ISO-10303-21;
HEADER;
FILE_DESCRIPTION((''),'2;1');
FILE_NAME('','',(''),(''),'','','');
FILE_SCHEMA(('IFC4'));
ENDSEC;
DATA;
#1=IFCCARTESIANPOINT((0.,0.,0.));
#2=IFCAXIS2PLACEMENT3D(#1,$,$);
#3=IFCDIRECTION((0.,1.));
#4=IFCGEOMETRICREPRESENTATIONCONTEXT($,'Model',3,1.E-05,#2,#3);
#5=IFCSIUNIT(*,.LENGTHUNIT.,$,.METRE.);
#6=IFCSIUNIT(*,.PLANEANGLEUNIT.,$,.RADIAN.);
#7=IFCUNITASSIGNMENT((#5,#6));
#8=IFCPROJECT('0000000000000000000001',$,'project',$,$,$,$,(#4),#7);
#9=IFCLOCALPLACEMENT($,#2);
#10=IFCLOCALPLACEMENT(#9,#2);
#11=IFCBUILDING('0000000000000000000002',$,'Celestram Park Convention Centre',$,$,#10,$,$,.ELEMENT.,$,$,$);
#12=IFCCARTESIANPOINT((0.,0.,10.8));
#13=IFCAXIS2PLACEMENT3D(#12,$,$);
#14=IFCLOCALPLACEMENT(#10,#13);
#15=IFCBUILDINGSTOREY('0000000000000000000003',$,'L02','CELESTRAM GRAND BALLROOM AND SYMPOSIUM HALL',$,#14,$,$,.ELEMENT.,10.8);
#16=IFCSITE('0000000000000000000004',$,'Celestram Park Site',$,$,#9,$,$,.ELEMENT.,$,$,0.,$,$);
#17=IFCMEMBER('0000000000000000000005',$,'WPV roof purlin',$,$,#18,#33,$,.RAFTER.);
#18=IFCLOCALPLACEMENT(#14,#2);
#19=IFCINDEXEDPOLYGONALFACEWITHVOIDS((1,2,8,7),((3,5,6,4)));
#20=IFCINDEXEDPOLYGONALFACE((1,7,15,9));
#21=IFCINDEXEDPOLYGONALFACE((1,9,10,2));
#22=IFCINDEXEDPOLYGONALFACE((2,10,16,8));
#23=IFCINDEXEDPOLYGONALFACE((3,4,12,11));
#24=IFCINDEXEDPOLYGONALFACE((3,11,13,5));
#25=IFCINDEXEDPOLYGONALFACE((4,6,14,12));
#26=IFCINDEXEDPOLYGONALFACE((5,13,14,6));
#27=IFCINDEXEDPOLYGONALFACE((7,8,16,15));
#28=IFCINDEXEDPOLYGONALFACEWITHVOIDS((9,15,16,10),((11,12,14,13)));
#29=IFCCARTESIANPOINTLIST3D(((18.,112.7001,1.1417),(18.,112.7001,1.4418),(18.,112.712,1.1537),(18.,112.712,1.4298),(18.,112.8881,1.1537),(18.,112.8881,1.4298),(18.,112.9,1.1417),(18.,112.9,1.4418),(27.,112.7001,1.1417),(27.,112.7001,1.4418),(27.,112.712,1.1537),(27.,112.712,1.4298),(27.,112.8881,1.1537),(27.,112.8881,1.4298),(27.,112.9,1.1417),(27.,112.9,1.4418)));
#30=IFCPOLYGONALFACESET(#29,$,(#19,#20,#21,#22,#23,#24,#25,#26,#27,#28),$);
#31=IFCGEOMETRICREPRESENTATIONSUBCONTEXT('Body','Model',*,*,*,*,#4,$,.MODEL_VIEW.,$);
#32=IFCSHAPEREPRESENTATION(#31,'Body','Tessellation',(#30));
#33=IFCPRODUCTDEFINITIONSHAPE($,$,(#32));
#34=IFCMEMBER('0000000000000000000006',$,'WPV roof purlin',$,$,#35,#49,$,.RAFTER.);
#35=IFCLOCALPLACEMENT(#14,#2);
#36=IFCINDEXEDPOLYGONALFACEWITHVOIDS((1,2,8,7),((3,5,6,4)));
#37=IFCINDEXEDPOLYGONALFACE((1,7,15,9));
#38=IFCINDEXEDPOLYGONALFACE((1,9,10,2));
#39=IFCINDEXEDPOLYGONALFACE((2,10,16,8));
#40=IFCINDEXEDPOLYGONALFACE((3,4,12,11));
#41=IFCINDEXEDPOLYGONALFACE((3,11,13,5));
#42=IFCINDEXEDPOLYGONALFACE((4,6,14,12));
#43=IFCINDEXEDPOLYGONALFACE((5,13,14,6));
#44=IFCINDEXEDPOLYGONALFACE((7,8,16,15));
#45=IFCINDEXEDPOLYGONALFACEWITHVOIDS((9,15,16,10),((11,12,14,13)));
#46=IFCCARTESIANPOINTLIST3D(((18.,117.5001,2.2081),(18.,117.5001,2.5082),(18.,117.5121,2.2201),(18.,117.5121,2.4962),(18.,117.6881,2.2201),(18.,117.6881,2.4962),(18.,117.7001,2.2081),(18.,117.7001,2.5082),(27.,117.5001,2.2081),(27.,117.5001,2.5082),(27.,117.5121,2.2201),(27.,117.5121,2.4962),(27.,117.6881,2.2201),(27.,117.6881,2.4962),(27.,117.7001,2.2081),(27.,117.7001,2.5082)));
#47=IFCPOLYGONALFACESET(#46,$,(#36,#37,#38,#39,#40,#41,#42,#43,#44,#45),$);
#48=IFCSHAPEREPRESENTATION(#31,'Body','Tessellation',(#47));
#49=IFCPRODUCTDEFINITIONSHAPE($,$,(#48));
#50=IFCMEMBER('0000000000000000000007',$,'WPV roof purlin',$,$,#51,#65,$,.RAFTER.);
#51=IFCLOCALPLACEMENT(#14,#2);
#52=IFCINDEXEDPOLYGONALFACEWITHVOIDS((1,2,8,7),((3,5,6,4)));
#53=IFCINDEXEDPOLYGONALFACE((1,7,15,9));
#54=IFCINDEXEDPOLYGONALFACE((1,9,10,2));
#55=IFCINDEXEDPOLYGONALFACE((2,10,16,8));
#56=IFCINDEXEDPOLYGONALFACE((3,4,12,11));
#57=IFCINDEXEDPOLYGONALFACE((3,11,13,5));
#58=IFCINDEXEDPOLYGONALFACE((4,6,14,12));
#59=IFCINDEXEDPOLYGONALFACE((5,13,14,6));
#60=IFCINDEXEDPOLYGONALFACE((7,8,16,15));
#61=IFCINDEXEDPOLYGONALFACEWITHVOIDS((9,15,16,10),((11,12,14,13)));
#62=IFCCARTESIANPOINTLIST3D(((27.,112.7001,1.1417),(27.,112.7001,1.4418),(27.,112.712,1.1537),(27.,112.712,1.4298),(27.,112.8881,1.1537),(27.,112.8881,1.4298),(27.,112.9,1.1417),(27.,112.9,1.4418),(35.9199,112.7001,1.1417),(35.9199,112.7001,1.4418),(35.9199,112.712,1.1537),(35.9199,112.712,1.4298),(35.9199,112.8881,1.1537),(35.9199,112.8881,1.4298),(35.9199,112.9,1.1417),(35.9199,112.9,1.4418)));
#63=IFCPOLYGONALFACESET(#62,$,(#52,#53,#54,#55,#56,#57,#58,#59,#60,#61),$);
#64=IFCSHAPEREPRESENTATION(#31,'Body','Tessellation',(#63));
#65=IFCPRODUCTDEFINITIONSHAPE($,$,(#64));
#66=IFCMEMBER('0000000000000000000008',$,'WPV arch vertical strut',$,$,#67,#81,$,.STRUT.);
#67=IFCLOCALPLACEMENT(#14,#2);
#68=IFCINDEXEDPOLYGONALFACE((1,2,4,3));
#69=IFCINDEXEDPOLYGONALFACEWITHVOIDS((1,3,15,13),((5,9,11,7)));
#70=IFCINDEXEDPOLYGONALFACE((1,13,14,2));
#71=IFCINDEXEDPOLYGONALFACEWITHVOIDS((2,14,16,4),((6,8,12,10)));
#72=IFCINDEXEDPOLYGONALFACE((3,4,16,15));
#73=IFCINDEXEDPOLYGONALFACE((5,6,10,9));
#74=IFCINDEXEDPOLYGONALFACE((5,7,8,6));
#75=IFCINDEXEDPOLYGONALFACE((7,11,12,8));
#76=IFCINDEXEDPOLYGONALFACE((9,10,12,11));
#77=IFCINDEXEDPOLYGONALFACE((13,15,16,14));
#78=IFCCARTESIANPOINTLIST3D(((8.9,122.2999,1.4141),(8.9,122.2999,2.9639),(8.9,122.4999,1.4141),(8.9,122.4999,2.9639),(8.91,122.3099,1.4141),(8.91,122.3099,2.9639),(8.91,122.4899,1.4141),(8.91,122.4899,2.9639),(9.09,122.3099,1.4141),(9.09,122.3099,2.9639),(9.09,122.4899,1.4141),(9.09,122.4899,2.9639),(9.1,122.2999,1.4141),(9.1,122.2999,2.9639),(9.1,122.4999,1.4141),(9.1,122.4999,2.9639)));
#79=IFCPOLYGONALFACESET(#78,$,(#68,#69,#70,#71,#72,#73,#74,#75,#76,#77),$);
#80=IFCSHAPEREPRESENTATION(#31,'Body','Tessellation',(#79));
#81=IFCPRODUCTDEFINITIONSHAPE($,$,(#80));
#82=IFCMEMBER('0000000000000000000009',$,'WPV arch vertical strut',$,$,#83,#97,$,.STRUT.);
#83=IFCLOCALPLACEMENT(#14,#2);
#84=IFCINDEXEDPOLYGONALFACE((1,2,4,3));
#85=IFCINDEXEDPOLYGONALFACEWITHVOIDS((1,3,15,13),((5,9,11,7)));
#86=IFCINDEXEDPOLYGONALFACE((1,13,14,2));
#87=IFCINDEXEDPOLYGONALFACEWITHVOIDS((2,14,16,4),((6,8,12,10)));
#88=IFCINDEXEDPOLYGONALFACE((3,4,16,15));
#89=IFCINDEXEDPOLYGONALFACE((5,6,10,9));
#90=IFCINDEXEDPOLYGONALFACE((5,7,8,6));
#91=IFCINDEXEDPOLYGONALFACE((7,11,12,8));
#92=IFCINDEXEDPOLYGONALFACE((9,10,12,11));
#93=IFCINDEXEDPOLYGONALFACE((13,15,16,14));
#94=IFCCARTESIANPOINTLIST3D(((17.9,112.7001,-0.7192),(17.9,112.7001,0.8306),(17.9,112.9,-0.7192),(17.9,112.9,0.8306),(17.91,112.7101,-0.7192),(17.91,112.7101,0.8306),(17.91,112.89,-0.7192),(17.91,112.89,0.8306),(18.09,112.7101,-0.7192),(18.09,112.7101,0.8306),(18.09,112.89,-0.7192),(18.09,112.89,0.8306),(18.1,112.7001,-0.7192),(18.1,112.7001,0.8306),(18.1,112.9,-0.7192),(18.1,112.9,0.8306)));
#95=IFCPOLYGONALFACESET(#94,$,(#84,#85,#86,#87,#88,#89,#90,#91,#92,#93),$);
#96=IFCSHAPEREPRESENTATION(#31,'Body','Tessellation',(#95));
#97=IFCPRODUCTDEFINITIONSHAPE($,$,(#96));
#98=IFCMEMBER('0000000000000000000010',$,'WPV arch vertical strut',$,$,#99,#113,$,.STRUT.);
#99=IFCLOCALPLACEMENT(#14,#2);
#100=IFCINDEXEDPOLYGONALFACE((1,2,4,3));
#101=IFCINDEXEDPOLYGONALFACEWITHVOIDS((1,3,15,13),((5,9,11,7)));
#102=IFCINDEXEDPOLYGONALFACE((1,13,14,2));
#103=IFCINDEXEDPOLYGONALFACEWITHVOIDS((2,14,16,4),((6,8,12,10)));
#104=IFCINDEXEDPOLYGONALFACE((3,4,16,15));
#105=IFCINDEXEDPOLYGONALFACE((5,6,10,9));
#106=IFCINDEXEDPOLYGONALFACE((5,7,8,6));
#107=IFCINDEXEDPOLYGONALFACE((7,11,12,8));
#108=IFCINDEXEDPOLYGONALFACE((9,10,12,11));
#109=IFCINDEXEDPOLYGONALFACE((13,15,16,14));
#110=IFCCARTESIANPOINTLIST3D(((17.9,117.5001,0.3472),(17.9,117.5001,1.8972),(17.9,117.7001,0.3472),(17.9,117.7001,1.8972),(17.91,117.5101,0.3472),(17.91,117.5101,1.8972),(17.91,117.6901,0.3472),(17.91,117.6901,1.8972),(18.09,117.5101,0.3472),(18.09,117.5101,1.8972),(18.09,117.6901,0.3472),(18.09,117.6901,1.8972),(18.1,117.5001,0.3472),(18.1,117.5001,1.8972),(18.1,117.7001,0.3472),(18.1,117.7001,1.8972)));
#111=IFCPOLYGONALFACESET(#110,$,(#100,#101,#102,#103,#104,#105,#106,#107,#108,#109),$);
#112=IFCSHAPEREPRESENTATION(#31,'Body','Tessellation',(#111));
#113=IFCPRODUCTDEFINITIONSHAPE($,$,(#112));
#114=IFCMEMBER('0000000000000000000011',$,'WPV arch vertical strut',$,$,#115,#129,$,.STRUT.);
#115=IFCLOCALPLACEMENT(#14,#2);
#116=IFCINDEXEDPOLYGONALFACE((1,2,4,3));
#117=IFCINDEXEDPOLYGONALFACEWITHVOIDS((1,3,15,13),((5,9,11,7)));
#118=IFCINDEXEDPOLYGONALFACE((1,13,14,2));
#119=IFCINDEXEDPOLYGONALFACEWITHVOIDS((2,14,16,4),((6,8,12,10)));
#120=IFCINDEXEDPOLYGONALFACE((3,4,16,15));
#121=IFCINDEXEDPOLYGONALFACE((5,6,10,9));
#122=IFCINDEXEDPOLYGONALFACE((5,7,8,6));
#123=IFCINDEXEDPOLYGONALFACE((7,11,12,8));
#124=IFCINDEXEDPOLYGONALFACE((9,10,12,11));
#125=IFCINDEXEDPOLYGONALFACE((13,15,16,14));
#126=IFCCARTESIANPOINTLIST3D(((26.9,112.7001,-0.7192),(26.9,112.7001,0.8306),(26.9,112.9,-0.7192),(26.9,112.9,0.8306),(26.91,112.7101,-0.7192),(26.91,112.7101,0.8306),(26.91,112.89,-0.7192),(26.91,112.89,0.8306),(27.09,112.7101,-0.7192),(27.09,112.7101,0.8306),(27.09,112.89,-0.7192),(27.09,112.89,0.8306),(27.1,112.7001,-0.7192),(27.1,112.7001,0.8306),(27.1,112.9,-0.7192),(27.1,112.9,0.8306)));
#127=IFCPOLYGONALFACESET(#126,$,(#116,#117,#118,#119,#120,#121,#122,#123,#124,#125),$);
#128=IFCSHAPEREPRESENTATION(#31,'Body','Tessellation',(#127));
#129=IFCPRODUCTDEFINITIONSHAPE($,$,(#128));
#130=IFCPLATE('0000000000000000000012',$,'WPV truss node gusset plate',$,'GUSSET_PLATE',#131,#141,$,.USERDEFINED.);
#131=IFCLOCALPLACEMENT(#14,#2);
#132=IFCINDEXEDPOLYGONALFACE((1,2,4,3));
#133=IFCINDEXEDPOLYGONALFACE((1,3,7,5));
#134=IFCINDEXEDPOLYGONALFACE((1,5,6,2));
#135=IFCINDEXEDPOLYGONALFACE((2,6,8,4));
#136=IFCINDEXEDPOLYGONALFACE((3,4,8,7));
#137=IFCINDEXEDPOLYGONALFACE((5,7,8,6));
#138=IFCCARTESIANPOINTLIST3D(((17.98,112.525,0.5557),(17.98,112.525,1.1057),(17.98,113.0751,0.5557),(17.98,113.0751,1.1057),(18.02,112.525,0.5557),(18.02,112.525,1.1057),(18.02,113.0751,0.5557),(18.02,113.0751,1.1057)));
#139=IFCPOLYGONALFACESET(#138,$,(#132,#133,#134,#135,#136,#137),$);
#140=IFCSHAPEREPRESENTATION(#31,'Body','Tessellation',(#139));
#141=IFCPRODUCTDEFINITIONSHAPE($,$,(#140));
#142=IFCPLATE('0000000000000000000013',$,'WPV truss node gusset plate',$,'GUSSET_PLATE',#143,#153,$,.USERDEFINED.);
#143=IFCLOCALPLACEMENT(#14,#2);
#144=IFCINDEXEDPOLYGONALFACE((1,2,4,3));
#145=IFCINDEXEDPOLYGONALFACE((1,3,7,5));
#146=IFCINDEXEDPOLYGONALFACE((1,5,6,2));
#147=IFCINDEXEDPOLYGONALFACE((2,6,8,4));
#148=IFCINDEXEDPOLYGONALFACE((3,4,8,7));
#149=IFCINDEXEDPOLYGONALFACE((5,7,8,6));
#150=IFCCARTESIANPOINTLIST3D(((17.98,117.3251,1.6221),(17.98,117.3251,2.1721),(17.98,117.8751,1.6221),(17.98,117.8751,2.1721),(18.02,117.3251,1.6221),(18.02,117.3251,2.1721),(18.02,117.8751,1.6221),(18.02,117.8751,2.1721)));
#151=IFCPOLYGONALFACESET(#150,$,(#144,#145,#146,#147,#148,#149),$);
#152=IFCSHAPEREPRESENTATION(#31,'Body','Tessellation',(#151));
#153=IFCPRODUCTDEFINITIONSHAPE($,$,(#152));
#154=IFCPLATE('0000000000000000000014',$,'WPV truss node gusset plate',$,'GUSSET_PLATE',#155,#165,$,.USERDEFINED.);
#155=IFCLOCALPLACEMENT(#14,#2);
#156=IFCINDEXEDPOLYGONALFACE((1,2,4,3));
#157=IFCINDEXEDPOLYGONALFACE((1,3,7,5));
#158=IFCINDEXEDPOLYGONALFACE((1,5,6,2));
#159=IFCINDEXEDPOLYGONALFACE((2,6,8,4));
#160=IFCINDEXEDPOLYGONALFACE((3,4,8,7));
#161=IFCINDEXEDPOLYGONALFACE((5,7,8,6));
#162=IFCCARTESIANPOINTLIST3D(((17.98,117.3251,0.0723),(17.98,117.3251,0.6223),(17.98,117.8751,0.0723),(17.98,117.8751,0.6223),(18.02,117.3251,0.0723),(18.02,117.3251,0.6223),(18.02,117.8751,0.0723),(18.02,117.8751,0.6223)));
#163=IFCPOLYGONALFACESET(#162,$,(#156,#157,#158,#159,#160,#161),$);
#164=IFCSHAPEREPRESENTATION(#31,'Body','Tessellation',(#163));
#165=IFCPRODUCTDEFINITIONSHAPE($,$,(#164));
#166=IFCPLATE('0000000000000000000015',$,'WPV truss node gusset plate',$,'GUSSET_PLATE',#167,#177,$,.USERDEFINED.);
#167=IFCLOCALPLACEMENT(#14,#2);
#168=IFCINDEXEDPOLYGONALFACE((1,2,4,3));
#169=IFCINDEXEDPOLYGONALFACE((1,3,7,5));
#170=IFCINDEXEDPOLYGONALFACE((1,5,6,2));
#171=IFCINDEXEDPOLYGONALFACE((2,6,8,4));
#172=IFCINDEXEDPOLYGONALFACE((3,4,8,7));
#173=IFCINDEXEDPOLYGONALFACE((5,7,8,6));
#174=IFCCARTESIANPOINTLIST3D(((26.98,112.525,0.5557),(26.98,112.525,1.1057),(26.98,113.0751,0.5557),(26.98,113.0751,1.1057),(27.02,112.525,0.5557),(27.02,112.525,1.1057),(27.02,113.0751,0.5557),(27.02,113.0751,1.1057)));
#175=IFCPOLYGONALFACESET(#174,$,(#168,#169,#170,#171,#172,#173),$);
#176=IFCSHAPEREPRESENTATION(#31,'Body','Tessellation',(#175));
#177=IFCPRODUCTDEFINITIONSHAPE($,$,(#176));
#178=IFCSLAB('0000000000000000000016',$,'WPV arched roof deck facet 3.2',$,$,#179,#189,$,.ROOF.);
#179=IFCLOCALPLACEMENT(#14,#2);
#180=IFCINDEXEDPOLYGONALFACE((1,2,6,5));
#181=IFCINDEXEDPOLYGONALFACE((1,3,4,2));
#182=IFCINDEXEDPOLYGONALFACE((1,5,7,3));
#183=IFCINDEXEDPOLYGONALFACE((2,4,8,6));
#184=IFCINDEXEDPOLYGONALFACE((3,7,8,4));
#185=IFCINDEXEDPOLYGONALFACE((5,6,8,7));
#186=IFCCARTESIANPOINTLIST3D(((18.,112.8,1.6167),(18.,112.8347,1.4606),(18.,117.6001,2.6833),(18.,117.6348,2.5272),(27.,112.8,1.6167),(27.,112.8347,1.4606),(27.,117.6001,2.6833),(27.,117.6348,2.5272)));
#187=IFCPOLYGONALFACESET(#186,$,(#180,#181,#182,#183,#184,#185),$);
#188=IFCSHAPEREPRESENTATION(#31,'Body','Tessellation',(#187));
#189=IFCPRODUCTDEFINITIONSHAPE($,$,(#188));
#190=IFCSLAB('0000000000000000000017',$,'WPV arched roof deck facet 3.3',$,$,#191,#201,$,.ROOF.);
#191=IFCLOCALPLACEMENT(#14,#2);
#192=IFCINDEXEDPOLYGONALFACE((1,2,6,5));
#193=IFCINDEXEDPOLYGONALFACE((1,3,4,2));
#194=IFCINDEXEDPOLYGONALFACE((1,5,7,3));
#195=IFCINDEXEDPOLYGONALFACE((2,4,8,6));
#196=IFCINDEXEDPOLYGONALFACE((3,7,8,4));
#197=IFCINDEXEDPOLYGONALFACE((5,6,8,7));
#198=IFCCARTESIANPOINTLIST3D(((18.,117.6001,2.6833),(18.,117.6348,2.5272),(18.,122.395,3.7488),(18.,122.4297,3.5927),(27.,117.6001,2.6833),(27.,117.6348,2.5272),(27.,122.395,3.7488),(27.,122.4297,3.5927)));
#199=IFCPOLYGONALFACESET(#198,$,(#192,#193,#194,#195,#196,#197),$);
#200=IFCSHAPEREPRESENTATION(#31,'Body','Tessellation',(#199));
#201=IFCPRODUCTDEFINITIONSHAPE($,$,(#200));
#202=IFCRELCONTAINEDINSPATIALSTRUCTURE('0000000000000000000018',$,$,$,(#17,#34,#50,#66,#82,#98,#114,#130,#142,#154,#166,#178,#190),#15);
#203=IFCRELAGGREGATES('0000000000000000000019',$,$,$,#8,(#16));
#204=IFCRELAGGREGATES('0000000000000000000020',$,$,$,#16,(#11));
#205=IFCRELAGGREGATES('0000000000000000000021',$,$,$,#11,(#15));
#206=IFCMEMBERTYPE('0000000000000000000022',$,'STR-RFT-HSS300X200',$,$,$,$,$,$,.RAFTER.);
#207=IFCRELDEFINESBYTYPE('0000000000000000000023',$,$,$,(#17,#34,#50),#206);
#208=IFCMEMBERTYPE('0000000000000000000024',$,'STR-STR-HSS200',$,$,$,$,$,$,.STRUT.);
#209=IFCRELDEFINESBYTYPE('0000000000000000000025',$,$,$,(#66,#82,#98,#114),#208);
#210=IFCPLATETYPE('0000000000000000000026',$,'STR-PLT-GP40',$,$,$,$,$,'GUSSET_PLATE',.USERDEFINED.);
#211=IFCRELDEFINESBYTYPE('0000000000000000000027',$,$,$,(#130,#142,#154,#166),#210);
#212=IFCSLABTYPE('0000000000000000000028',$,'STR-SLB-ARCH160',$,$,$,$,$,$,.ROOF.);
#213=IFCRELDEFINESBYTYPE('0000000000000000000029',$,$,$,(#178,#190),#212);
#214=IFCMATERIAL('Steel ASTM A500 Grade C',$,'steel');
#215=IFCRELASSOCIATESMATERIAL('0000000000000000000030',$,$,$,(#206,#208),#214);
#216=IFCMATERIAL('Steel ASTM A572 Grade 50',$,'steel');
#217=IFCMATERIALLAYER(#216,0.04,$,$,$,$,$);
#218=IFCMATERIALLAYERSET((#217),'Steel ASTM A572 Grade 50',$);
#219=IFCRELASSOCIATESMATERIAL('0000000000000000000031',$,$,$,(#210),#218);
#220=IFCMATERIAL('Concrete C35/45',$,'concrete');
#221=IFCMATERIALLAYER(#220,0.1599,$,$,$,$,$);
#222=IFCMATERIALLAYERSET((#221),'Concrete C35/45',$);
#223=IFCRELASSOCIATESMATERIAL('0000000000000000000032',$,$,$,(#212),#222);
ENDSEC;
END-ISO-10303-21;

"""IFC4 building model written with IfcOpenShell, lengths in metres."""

from ifc_helpers import new_model, si_unit, direction, frame, origin, origin_2d, place, context, subcontext, project, spatial, polyline, rectangle, hollow_rectangle, outline, extrude, material, layer, layer_set, material_profile, profile_set, type_object, element, save


model = new_model("IFC4")

# Units and contexts
model_context = context("Model", 3, precision=1e-05, world=origin(), true_north=direction((0.0, 1.0)))
body_context = subcontext(model_context, "Body", "Model", "MODEL_VIEW")
ifc_project = project(units=[si_unit("LENGTHUNIT", "METRE"), si_unit("PLANEANGLEUNIT", "RADIAN")], contexts=[model_context])

# Site, building, storey
site_placement = place(None, origin())
site = spatial("IfcSite", under=ifc_project, at=site_placement, Name="Celestram Park Site", CompositionType="ELEMENT", RefElevation=0.0)
building_placement = place(site_placement, origin())
building = spatial("IfcBuilding", under=site, at=building_placement, Name="Celestram Park Convention Centre", CompositionType="ELEMENT")
storey_placement = place(building_placement, frame((0.0, 0.0, 10.8)))
storey = spatial("IfcBuildingStorey", under=building, at=storey_placement, Name="L02", Description="CELESTRAM GRAND BALLROOM AND SYMPOSIUM HALL", CompositionType="ELEMENT", Elevation=10.8)

# Members
ifc_material_1 = material(Name="Steel ASTM A500 Grade C", Category="steel")
ifc_material_profile_1 = material_profile(ifc_material_1, hollow_rectangle(XDim=0.2, YDim=0.3, WallThickness=0.012, at=origin_2d()), Name="HSS300X200X12")
ifc_profile_set_1 = profile_set([ifc_material_profile_1], Name="Steel ASTM A500 Grade C")
member_type_1 = type_object("IfcMemberType", Name="STR-RFT-HSS300X200", PredefinedType="RAFTER", material=ifc_profile_set_1)
for number, where, z_axis, x_axis, name in (
    (1, (18.0, 112.8, 1.2917), (1.0, 0.0, 0.0), (0.0, 1.0, 0.0), "WPV roof purlin"),
    (2, (18.0, 117.6001, 2.3582), (1.0, 0.0, 0.0), (0.0, 1.0, 0.0), "WPV roof purlin"),
):
    element("IfcMember", number, at=place(storey_placement, frame(where, z_axis=z_axis, x_axis=x_axis)), inside=storey, type_object=member_type_1, Name=name, PredefinedType="RAFTER", context=body_context, shape_type="SweptSolid", body=[
        extrude(hollow_rectangle(XDim=0.2, YDim=0.3, WallThickness=0.012, at=origin_2d()), origin(), (0.0, 0.0, 1.0), 9.0),
    ])
member_1_placement = place(storey_placement, frame((27.0, 112.8, 1.2917), z_axis=(1.0, 0.0, 0.0), x_axis=(0.0, 1.0, 0.0)))
element("IfcMember", 3, at=member_1_placement, inside=storey, type_object=member_type_1, Name="WPV roof purlin", PredefinedType="RAFTER", context=body_context, shape_type="SweptSolid", body=[
    extrude(hollow_rectangle(XDim=0.2, YDim=0.3, WallThickness=0.012, at=origin_2d()), origin(), (0.0, 0.0, 1.0), 8.9199),
])
ifc_material_profile_2 = material_profile(ifc_material_1, hollow_rectangle(XDim=0.2, YDim=0.2, WallThickness=0.01, at=origin_2d()), Name="HSS200X200X10")
ifc_profile_set_2 = profile_set([ifc_material_profile_2], Name="Steel ASTM A500 Grade C")
member_type_2 = type_object("IfcMemberType", Name="STR-STR-HSS200", PredefinedType="STRUT", material=ifc_profile_set_2)
for number, where, z_axis, x_axis, name in (
    (4, (9.0, 122.3999, 1.4141), (0.0, 0.0, 1.0), (1.0, 0.0, 0.0), "WPV arch vertical strut"),
    (5, (18.0, 112.8, -0.7192), (0.0, 0.0, 1.0), (1.0, 0.0, 0.0), "WPV arch vertical strut"),
):
    element("IfcMember", number, at=place(storey_placement, frame(where, z_axis=z_axis, x_axis=x_axis)), inside=storey, type_object=member_type_2, Name=name, PredefinedType="STRUT", context=body_context, shape_type="SweptSolid", body=[
        extrude(hollow_rectangle(XDim=0.2, YDim=0.2, WallThickness=0.01, at=origin_2d()), origin(), (0.0, 0.0, 1.0), 1.5498),
    ])
member_2_placement = place(storey_placement, frame((18.0, 117.6001, 0.3472), z_axis=(0.0, 0.0, 1.0), x_axis=(1.0, 0.0, 0.0)))
element("IfcMember", 6, at=member_2_placement, inside=storey, type_object=member_type_2, Name="WPV arch vertical strut", PredefinedType="STRUT", context=body_context, shape_type="SweptSolid", body=[
    extrude(hollow_rectangle(XDim=0.2, YDim=0.2, WallThickness=0.01, at=origin_2d()), origin(), (0.0, 0.0, 1.0), 1.55),
])
member_3_placement = place(storey_placement, frame((27.0, 112.8, -0.7192), z_axis=(0.0, 0.0, 1.0), x_axis=(1.0, 0.0, 0.0)))
element("IfcMember", 7, at=member_3_placement, inside=storey, type_object=member_type_2, Name="WPV arch vertical strut", PredefinedType="STRUT", context=body_context, shape_type="SweptSolid", body=[
    extrude(hollow_rectangle(XDim=0.2, YDim=0.2, WallThickness=0.01, at=origin_2d()), origin(), (0.0, 0.0, 1.0), 1.5498),
])

# Plates
ifc_material_2 = material(Name="Steel ASTM A572 Grade 50", Category="steel")
ifc_layer_1 = layer(ifc_material_2, 0.04)
ifc_layer_set_1 = layer_set([ifc_layer_1], Name="Steel ASTM A572 Grade 50")
plate_type = type_object("IfcPlateType", Name="STR-PLT-GP40", ElementType="GUSSET_PLATE", PredefinedType="USERDEFINED", material=ifc_layer_set_1)
for number, where, z_axis, x_axis, name in (
    (8, (18.0, 112.8, 0.5557), (0.0, 0.0, 1.0), (0.0, 1.0, 0.0), "WPV truss node gusset plate"),
    (9, (18.0, 117.6001, 1.6221), (0.0, 0.0, 1.0), (0.0, 1.0, 0.0), "WPV truss node gusset plate"),
    (10, (18.0, 117.6001, 0.0723), (0.0, 0.0, 1.0), (0.0, 1.0, 0.0), "WPV truss node gusset plate"),
    (11, (27.0, 112.8, 0.5557), (0.0, 0.0, 1.0), (0.0, 1.0, 0.0), "WPV truss node gusset plate"),
):
    element("IfcPlate", number, at=place(storey_placement, frame(where, z_axis=z_axis, x_axis=x_axis)), inside=storey, type_object=plate_type, Name=name, ObjectType="GUSSET_PLATE", PredefinedType="USERDEFINED", context=body_context, shape_type="SweptSolid", body=[
        extrude(rectangle(XDim=0.55, YDim=0.04, at=origin_2d()), origin(), (0.0, 0.0, 1.0), 0.55),
    ])

# Slabs
ifc_material_3 = material(Name="Concrete C35/45", Category="concrete")
ifc_layer_2 = layer(ifc_material_3, 0.1599)
ifc_layer_set_2 = layer_set([ifc_layer_2], Name="Concrete C35/45")
slab_type = type_object("IfcSlabType", Name="STR-SLB-ARCH160", PredefinedType="ROOF", material=ifc_layer_set_2)
slab_1_placement = place(storey_placement, frame((18.0, 112.8, 1.6167), z_axis=(0.0, -0.216925, 0.976188), x_axis=(1.0, 0.0, 0.0)))
element("IfcSlab", 12, at=slab_1_placement, inside=storey, type_object=slab_type, Name="WPV arched roof deck facet 3.2", PredefinedType="ROOF", context=body_context, shape_type="SweptSolid", body=[
    extrude(outline(polyline([(0.0, 0.0), (9.0, 0.0), (9.0, 4.9171), (0.0, 4.9171), (0.0, 0.0)])), origin(), (0.0, 0.0, -1.0), 0.1599),
])
slab_2_placement = place(storey_placement, frame((18.0, 117.6001, 2.6833), z_axis=(0.0, -0.216909, 0.976192), x_axis=(1.0, 0.0, 0.0)))
element("IfcSlab", 13, at=slab_2_placement, inside=storey, type_object=slab_type, Name="WPV arched roof deck facet 3.3", PredefinedType="ROOF", context=body_context, shape_type="SweptSolid", body=[
    extrude(outline(polyline([(0.0, 0.0), (9.0, 0.0), (9.0, 4.9119), (0.0, 4.9119), (0.0, 0.0)])), origin(), (0.0, 0.0, -1.0), 0.1599),
])

save(model, "model.ifc")
